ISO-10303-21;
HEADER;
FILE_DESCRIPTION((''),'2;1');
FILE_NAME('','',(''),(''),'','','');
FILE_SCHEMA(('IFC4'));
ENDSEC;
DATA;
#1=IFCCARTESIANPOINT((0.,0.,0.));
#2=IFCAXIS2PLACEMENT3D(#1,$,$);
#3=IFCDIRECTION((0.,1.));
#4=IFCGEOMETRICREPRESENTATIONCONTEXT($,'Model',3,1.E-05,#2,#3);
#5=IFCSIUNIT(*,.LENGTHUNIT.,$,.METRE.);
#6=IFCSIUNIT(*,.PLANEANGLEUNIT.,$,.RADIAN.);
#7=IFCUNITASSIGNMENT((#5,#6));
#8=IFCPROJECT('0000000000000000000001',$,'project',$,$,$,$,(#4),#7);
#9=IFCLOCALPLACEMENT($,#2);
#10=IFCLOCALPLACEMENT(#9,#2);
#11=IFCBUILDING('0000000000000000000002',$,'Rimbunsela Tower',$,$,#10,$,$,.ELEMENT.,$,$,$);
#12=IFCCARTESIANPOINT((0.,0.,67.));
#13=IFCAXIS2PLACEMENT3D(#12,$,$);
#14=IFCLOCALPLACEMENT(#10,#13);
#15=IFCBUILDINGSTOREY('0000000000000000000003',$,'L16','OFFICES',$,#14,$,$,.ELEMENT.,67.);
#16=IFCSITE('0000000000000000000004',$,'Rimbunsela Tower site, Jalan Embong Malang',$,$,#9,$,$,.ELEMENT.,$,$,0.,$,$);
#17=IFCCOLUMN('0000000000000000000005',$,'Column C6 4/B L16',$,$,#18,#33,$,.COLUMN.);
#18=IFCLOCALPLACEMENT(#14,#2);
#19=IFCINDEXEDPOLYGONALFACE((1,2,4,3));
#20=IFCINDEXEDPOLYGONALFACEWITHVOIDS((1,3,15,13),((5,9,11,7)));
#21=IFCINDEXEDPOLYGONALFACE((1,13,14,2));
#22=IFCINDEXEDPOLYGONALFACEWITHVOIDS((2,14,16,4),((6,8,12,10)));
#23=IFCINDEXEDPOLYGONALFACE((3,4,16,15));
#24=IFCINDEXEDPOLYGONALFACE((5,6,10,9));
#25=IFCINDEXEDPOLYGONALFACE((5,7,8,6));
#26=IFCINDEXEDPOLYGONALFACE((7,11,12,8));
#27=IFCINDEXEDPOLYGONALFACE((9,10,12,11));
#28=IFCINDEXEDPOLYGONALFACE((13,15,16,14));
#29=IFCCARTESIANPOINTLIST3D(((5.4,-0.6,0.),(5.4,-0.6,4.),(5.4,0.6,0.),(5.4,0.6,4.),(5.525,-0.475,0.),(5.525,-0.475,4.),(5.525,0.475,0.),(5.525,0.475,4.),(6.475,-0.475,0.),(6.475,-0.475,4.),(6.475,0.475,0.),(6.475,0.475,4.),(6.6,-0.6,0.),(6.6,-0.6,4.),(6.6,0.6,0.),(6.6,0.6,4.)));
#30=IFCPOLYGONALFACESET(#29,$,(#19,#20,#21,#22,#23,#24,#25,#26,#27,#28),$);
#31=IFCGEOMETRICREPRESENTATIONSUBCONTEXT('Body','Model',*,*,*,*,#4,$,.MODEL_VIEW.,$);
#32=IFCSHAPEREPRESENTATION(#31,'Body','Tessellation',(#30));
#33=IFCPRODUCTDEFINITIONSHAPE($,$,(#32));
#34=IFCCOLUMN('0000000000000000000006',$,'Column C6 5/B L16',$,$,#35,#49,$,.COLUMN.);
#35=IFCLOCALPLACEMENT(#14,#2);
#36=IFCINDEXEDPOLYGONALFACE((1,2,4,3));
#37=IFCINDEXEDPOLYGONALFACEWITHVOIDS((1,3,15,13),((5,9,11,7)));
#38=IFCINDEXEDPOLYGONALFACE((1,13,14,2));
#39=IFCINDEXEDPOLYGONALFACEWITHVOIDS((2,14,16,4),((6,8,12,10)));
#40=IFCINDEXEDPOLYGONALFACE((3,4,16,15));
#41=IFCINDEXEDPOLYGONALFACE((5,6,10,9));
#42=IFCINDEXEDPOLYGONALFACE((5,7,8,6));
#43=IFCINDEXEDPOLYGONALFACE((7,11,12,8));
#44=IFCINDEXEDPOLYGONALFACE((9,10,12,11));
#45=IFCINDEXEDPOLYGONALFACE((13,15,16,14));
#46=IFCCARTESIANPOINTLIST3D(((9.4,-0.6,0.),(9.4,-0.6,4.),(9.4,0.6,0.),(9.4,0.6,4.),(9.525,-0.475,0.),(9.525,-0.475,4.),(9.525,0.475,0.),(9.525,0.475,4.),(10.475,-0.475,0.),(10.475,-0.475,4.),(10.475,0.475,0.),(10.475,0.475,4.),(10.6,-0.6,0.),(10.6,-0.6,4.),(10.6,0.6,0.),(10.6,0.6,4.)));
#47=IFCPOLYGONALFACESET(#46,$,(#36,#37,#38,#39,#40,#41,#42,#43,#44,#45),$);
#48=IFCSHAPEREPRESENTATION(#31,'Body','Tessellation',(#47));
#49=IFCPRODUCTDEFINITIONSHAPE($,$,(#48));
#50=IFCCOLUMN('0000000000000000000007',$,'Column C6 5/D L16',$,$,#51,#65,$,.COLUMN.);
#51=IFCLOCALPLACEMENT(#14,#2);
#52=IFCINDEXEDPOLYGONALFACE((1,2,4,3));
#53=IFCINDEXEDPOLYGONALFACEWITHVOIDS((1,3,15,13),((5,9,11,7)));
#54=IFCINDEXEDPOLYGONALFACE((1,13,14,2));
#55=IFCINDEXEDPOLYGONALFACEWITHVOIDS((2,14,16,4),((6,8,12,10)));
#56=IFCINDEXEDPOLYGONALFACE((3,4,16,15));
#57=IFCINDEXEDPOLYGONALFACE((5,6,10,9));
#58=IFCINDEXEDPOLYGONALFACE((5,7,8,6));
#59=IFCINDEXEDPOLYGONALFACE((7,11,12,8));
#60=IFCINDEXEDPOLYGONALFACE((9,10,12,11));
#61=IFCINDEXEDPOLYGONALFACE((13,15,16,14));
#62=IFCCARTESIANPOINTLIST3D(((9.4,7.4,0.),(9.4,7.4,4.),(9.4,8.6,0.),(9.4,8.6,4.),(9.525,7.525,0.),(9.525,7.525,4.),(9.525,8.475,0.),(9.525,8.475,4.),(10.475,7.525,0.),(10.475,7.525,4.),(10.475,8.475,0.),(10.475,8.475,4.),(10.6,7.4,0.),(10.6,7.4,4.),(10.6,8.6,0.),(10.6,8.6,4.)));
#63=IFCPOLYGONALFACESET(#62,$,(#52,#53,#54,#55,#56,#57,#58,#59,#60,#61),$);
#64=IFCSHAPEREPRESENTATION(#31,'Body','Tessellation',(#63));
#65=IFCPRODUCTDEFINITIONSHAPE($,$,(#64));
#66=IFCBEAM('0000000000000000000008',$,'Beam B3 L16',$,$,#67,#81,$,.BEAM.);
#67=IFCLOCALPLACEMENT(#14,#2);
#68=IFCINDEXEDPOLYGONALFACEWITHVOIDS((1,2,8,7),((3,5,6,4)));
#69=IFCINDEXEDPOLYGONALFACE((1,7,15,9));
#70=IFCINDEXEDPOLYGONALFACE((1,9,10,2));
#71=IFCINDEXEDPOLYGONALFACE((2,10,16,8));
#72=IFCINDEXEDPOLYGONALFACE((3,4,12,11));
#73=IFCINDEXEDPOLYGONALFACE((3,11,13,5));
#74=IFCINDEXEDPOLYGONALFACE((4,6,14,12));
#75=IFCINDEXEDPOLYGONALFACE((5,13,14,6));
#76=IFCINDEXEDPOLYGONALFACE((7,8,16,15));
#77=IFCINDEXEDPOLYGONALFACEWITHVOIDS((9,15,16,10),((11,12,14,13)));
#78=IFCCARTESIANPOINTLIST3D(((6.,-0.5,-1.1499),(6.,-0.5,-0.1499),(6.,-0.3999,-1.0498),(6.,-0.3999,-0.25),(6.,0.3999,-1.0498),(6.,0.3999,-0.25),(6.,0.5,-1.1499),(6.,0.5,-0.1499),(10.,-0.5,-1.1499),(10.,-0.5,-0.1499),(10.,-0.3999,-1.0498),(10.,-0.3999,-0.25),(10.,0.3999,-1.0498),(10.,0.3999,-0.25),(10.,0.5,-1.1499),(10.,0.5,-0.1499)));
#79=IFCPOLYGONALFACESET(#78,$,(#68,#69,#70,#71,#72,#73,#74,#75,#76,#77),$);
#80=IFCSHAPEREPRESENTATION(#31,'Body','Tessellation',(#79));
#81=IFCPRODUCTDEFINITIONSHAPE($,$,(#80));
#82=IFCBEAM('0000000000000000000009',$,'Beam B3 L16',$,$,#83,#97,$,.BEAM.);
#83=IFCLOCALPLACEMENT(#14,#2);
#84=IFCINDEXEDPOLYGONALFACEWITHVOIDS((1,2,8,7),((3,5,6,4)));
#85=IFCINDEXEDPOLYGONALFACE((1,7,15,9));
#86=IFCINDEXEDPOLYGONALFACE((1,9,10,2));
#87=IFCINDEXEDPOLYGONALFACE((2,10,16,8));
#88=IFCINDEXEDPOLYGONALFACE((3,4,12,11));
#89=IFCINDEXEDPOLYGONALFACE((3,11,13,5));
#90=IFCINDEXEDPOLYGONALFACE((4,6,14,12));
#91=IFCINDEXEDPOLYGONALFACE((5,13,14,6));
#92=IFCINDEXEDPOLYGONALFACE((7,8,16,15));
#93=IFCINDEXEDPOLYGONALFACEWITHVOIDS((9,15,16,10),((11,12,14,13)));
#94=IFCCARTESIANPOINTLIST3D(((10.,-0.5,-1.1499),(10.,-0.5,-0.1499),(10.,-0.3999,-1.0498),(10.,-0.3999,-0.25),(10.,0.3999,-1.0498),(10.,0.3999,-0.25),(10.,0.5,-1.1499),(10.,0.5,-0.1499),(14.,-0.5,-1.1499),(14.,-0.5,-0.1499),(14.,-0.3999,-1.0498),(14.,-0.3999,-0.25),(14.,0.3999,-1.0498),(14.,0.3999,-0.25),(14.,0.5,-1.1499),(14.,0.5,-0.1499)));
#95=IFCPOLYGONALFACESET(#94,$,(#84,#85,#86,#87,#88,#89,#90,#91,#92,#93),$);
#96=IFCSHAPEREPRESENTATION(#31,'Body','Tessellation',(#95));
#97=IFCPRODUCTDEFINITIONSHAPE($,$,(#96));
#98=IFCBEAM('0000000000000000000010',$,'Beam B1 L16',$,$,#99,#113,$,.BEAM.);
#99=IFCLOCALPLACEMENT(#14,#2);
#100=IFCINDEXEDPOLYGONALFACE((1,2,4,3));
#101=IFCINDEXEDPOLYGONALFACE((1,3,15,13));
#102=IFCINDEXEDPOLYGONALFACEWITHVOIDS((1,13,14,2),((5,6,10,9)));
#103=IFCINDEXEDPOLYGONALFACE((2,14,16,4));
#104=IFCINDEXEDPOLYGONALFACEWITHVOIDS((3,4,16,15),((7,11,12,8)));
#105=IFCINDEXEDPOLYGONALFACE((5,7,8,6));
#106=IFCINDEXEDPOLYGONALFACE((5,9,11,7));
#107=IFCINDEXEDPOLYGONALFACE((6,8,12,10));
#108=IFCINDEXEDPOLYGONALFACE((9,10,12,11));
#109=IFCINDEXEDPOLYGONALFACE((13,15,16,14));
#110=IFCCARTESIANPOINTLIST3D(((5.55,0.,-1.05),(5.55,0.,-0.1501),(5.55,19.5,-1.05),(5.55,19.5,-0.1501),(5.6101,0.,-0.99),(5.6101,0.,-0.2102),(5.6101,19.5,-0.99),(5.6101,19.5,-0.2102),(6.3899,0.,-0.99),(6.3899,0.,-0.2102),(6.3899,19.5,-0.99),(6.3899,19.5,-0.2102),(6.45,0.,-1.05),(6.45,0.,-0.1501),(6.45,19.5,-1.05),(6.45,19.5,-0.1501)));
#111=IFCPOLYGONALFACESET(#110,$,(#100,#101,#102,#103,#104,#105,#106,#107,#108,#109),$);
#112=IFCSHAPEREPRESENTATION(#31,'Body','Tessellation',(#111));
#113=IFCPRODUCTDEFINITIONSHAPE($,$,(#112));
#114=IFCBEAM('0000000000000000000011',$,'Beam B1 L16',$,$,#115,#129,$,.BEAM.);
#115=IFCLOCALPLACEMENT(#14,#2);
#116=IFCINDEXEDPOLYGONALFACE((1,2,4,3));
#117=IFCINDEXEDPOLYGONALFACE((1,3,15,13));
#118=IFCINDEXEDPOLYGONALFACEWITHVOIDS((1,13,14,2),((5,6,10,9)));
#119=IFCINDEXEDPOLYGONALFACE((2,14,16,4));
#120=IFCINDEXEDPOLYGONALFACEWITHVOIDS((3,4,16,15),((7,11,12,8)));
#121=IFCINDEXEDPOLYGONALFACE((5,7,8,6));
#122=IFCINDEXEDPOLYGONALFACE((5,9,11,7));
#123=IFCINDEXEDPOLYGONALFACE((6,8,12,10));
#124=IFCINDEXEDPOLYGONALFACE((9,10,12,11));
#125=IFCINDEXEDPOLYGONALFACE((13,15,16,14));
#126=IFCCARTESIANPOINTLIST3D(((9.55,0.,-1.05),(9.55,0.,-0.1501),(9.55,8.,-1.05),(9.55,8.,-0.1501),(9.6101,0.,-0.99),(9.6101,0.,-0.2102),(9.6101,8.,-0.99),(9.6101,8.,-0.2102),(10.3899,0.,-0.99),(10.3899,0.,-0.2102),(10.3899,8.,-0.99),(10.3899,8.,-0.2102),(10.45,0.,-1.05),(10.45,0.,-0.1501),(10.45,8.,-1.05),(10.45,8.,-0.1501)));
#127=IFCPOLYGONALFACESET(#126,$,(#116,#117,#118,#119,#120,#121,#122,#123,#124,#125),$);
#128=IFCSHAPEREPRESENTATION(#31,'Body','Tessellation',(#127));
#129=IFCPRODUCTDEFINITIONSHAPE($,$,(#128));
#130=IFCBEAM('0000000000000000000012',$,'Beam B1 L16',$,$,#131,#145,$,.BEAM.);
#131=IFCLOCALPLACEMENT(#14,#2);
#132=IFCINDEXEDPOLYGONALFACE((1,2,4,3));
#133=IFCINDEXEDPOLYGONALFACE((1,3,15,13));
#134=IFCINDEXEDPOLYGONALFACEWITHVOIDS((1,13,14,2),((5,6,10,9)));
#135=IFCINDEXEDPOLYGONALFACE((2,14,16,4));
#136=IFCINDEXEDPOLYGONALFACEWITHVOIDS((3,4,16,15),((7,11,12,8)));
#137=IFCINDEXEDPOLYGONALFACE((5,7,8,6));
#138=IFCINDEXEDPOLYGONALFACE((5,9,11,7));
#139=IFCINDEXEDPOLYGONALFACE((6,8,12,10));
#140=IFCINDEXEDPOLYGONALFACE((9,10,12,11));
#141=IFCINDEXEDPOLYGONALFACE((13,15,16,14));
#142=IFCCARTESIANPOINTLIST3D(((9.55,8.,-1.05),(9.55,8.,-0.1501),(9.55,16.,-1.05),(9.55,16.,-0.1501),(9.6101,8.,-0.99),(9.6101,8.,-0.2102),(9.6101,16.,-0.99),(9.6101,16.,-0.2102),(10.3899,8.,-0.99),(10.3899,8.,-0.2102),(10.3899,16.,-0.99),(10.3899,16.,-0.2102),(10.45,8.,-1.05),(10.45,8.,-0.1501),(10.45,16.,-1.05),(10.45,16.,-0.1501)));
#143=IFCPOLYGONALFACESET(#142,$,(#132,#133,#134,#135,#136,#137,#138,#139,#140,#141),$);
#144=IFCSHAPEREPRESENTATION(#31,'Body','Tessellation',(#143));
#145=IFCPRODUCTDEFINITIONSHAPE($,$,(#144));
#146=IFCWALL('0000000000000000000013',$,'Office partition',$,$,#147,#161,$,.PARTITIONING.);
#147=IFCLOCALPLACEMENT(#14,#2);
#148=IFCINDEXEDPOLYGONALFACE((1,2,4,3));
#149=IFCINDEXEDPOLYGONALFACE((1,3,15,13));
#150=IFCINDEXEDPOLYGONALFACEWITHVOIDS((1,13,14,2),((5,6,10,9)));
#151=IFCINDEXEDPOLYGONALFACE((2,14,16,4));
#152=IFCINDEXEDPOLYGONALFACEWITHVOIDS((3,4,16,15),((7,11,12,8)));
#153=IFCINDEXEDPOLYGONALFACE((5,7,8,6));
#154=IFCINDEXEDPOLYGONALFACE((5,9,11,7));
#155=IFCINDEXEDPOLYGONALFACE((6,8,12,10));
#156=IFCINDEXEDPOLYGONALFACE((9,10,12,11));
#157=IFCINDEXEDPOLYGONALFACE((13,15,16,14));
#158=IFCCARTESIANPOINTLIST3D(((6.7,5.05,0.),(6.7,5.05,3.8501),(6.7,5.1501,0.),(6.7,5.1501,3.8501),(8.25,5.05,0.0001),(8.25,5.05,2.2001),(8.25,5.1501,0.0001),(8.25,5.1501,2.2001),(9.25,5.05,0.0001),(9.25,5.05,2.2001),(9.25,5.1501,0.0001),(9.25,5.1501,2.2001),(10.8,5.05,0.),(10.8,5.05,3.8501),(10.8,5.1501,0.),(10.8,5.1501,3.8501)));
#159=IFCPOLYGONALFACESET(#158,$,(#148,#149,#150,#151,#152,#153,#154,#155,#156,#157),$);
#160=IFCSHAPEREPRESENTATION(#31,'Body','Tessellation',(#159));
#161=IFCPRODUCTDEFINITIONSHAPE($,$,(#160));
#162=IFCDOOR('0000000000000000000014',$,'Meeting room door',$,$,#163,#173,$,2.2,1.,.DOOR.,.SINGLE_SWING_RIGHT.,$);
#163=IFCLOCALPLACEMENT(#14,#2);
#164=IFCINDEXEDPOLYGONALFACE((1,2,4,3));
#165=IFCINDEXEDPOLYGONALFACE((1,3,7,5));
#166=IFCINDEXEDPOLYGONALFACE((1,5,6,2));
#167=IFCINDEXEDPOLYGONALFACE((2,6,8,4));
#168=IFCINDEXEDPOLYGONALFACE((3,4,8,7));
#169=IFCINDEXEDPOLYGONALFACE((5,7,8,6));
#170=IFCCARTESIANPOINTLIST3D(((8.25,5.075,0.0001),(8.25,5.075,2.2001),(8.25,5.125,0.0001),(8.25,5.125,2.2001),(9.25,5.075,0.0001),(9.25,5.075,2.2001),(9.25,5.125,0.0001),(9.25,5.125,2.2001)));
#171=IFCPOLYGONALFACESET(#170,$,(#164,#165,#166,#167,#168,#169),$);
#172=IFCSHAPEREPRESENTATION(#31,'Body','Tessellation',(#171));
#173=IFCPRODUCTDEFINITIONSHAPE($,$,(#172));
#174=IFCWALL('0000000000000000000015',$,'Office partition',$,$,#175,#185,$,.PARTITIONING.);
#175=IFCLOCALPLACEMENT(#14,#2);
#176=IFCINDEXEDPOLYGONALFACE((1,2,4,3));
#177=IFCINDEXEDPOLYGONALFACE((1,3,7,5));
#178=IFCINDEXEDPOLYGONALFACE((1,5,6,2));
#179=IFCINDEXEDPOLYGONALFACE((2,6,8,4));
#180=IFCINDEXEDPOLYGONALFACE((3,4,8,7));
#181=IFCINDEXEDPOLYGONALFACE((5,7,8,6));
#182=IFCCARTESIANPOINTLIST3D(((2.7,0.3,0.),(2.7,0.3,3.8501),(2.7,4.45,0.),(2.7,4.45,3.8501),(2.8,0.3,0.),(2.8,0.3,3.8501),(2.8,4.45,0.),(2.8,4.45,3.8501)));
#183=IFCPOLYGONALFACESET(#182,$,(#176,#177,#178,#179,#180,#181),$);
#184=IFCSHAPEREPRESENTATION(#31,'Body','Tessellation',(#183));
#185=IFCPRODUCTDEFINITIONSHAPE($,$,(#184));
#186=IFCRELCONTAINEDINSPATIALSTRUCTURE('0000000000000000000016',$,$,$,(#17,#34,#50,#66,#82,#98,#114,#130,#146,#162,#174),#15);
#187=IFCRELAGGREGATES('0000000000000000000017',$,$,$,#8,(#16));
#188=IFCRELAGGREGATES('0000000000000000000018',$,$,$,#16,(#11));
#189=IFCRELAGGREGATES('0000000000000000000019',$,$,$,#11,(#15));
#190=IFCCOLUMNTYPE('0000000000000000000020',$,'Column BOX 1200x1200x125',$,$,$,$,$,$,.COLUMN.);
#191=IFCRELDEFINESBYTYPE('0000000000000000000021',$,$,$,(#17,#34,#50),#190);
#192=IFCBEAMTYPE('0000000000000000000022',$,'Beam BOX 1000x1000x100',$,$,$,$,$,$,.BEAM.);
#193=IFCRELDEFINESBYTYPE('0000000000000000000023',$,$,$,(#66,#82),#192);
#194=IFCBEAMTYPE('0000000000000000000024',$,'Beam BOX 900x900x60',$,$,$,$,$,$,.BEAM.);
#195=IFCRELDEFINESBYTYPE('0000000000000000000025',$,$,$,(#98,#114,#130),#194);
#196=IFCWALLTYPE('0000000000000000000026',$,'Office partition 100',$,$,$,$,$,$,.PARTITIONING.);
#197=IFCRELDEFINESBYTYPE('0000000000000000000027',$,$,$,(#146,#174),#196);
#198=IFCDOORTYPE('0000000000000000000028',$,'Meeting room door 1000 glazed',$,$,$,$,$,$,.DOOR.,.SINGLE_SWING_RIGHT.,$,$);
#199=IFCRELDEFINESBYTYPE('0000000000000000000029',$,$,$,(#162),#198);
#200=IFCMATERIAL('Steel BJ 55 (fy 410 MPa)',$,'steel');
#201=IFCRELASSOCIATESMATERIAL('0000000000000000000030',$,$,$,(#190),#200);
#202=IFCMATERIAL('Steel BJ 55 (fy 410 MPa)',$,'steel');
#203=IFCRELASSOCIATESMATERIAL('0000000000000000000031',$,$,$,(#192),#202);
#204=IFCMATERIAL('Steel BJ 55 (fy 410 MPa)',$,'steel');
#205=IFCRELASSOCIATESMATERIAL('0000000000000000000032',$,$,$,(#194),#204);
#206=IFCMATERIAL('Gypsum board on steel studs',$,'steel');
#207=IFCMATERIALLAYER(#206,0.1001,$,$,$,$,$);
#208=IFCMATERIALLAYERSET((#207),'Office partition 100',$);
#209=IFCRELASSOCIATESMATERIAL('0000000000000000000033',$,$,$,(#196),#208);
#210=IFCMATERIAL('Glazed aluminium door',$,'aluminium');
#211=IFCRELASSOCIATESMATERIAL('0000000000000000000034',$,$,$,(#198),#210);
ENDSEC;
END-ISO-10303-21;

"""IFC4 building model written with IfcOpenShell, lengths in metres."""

from ifc_helpers import new_model, si_unit, direction, frame, frame_2d, origin, origin_2d, place, context, subcontext, project, spatial, rectangle, hollow_rectangle, extrude, material, layer, layer_set, material_profile, profile_set, type_object, element, fill, save


model = new_model("IFC4")

# Units and contexts
model_context = context("Model", 3, precision=1e-05, world=origin(), true_north=direction((0.0, 1.0)))
body_context = subcontext(model_context, "Body", "Model", "MODEL_VIEW")
ifc_project = project(units=[si_unit("LENGTHUNIT", "METRE"), si_unit("PLANEANGLEUNIT", "RADIAN")], contexts=[model_context])

# Site, building, storey
site_placement = place(None, origin())
site = spatial("IfcSite", under=ifc_project, at=site_placement, Name="Rimbunsela Tower site, Jalan Embong Malang", CompositionType="ELEMENT", RefElevation=0.0)
building_placement = place(site_placement, origin())
building = spatial("IfcBuilding", under=site, at=building_placement, Name="Rimbunsela Tower", CompositionType="ELEMENT")
storey_placement = place(building_placement, frame((0.0, 0.0, 67.0)))
storey = spatial("IfcBuildingStorey", under=building, at=storey_placement, Name="L16", Description="OFFICES", CompositionType="ELEMENT", Elevation=67.0)

# Columns
ifc_material_1 = material(Name="Steel BJ 55 (fy 410 MPa)", Category="steel")
ifc_material_profile_1 = material_profile(ifc_material_1, hollow_rectangle(XDim=1.2, YDim=1.2, WallThickness=0.125, at=origin_2d()), Name="BOX 1200x1200x125")
ifc_profile_set_1 = profile_set([ifc_material_profile_1], Name="Steel BJ 55 (fy 410 MPa)")
column_type = type_object("IfcColumnType", Name="Column BOX 1200x1200x125", PredefinedType="COLUMN", material=ifc_profile_set_1)
for number, where, z_axis, x_axis, name in (
    (1, (6.0, 0.0, 0.0), (0.0, 0.0, 1.0), (1.0, 0.0, 0.0), "Column C6 4/B L16"),
    (2, (10.0, 0.0, 0.0), (0.0, 0.0, 1.0), (1.0, 0.0, 0.0), "Column C6 5/B L16"),
    (3, (10.0, 8.0, 0.0), (0.0, 0.0, 1.0), (1.0, 0.0, 0.0), "Column C6 5/D L16"),
):
    element("IfcColumn", number, at=place(storey_placement, frame(where, z_axis=z_axis, x_axis=x_axis)), inside=storey, type_object=column_type, Name=name, PredefinedType="COLUMN", context=body_context, shape_type="SweptSolid", body=[
        extrude(hollow_rectangle(XDim=1.2, YDim=1.2, WallThickness=0.125, at=origin_2d()), origin(), (0.0, 0.0, 1.0), 4.0),
    ])

# Beams
ifc_material_2 = material(Name="Steel BJ 55 (fy 410 MPa)", Category="steel")
ifc_material_profile_2 = material_profile(ifc_material_2, hollow_rectangle(XDim=1.0, YDim=1.0, WallThickness=0.1001, at=origin_2d()), Name="BOX 1000x1000x100")
ifc_profile_set_2 = profile_set([ifc_material_profile_2], Name="Steel BJ 55 (fy 410 MPa)")
beam_type_1 = type_object("IfcBeamType", Name="Beam BOX 1000x1000x100", PredefinedType="BEAM", material=ifc_profile_set_2)
for number, where, z_axis, x_axis, name in (
    (4, (6.0, 0.0, -0.6499), (1.0, 0.0, 0.0), (0.0, 1.0, 0.0), "Beam B3 L16"),
    (5, (10.0, 0.0, -0.6499), (1.0, 0.0, 0.0), (0.0, 1.0, 0.0), "Beam B3 L16"),
):
    element("IfcBeam", number, at=place(storey_placement, frame(where, z_axis=z_axis, x_axis=x_axis)), inside=storey, type_object=beam_type_1, Name=name, PredefinedType="BEAM", context=body_context, shape_type="SweptSolid", body=[
        extrude(hollow_rectangle(XDim=1.0, YDim=1.0, WallThickness=0.1001, at=origin_2d()), origin(), (0.0, 0.0, 1.0), 4.0),
    ])
ifc_material_3 = material(Name="Steel BJ 55 (fy 410 MPa)", Category="steel")
ifc_material_profile_3 = material_profile(ifc_material_3, hollow_rectangle(XDim=0.8999, YDim=0.8999, WallThickness=0.0601, at=origin_2d()), Name="BOX 900x900x60")
ifc_profile_set_3 = profile_set([ifc_material_profile_3], Name="Steel BJ 55 (fy 410 MPa)")
beam_type_2 = type_object("IfcBeamType", Name="Beam BOX 900x900x60", PredefinedType="BEAM", material=ifc_profile_set_3)
beam_placement = place(storey_placement, frame((6.0, 0.0, -0.6001), z_axis=(0.0, 1.0, 0.0), x_axis=(-1.0, 0.0, 0.0)))
element("IfcBeam", 6, at=beam_placement, inside=storey, type_object=beam_type_2, Name="Beam B1 L16", PredefinedType="BEAM", context=body_context, shape_type="SweptSolid", body=[
    extrude(hollow_rectangle(XDim=0.8999, YDim=0.8999, WallThickness=0.0601, at=origin_2d()), origin(), (0.0, 0.0, 1.0), 19.5),
])
for number, where, z_axis, x_axis, name in (
    (7, (10.0, 0.0, -0.6001), (0.0, 1.0, 0.0), (-1.0, 0.0, 0.0), "Beam B1 L16"),
    (8, (10.0, 8.0, -0.6001), (0.0, 1.0, 0.0), (-1.0, 0.0, 0.0), "Beam B1 L16"),
):
    element("IfcBeam", number, at=place(storey_placement, frame(where, z_axis=z_axis, x_axis=x_axis)), inside=storey, type_object=beam_type_2, Name=name, PredefinedType="BEAM", context=body_context, shape_type="SweptSolid", body=[
        extrude(hollow_rectangle(XDim=0.8999, YDim=0.8999, WallThickness=0.0601, at=origin_2d()), origin(), (0.0, 0.0, 1.0), 8.0),
    ])

# Wall, opening, door
ifc_material_4 = material(Name="Gypsum board on steel studs", Category="steel")
ifc_layer_1 = layer(ifc_material_4, 0.1001)
ifc_layer_set_1 = layer_set([ifc_layer_1], Name="Office partition 100")
wall_type_1 = type_object("IfcWallType", Name="Office partition 100", PredefinedType="PARTITIONING", material=ifc_layer_set_1)
wall_1_placement = place(storey_placement, frame((6.7, 5.1001, 0.0), z_axis=(0.0, 0.0, 1.0), x_axis=(1.0, 0.0, 0.0)))
wall_1 = element("IfcWall", 9, at=wall_1_placement, inside=storey, type_object=wall_type_1, Name="Office partition", PredefinedType="PARTITIONING", context=body_context, shape_type="SweptSolid", body=[
    extrude(rectangle(XDim=4.1001, YDim=0.1001, at=frame_2d((2.05, 0.0))), origin(), (0.0, 0.0, 1.0), 3.8501),
])
opening_1_placement = place(wall_1_placement, frame((1.55, 0.0, 0.0)))
opening_1 = element("IfcOpeningElement", 10, at=opening_1_placement, cuts=wall_1, PredefinedType="OPENING", context=body_context, shape_type="SweptSolid", body=[
    extrude(rectangle(XDim=1.0, YDim=2.2, at=frame_2d((0.5, 1.1001))), frame((0.0, 0.0601, 0.0), z_axis=(0.0, -1.0, 0.0), x_axis=(1.0, 0.0, 0.0)), (0.0, 0.0, 1.0), 0.1201),
])
ifc_material_5 = material(Name="Glazed aluminium door", Category="aluminium")
door_type = type_object("IfcDoorType", Name="Meeting room door 1000 glazed", OperationType="SINGLE_SWING_RIGHT", PredefinedType="DOOR", material=ifc_material_5)
door_placement = place(opening_1_placement, origin())
door = element("IfcDoor", 11, at=door_placement, inside=storey, type_object=door_type, Name="Meeting room door", OperationType="SINGLE_SWING_RIGHT", OverallHeight=2.2, OverallWidth=1.0, PredefinedType="DOOR", context=body_context, shape_type="SweptSolid", body=[
    extrude(rectangle(XDim=1.0, YDim=2.2, at=frame_2d((0.5, 1.1001))), frame((0.0, 0.0249, 0.0), z_axis=(0.0, -1.0, 0.0), x_axis=(1.0, 0.0, 0.0)), (0.0, 0.0, 1.0), 0.05),
])
fill(opening_1, door)

# Wall
wall_2_placement = place(storey_placement, frame((2.75, 0.3, 0.0), z_axis=(0.0, 0.0, 1.0), x_axis=(0.0, 1.0, 0.0)))
element("IfcWall", 12, at=wall_2_placement, inside=storey, type_object=wall_type_1, Name="Office partition", PredefinedType="PARTITIONING", context=body_context, shape_type="SweptSolid", body=[
    extrude(rectangle(XDim=4.1499, YDim=0.1001, at=frame_2d((2.075, 0.0))), origin(), (0.0, 0.0, 1.0), 3.8501),
])

save(model, "model.ifc")
